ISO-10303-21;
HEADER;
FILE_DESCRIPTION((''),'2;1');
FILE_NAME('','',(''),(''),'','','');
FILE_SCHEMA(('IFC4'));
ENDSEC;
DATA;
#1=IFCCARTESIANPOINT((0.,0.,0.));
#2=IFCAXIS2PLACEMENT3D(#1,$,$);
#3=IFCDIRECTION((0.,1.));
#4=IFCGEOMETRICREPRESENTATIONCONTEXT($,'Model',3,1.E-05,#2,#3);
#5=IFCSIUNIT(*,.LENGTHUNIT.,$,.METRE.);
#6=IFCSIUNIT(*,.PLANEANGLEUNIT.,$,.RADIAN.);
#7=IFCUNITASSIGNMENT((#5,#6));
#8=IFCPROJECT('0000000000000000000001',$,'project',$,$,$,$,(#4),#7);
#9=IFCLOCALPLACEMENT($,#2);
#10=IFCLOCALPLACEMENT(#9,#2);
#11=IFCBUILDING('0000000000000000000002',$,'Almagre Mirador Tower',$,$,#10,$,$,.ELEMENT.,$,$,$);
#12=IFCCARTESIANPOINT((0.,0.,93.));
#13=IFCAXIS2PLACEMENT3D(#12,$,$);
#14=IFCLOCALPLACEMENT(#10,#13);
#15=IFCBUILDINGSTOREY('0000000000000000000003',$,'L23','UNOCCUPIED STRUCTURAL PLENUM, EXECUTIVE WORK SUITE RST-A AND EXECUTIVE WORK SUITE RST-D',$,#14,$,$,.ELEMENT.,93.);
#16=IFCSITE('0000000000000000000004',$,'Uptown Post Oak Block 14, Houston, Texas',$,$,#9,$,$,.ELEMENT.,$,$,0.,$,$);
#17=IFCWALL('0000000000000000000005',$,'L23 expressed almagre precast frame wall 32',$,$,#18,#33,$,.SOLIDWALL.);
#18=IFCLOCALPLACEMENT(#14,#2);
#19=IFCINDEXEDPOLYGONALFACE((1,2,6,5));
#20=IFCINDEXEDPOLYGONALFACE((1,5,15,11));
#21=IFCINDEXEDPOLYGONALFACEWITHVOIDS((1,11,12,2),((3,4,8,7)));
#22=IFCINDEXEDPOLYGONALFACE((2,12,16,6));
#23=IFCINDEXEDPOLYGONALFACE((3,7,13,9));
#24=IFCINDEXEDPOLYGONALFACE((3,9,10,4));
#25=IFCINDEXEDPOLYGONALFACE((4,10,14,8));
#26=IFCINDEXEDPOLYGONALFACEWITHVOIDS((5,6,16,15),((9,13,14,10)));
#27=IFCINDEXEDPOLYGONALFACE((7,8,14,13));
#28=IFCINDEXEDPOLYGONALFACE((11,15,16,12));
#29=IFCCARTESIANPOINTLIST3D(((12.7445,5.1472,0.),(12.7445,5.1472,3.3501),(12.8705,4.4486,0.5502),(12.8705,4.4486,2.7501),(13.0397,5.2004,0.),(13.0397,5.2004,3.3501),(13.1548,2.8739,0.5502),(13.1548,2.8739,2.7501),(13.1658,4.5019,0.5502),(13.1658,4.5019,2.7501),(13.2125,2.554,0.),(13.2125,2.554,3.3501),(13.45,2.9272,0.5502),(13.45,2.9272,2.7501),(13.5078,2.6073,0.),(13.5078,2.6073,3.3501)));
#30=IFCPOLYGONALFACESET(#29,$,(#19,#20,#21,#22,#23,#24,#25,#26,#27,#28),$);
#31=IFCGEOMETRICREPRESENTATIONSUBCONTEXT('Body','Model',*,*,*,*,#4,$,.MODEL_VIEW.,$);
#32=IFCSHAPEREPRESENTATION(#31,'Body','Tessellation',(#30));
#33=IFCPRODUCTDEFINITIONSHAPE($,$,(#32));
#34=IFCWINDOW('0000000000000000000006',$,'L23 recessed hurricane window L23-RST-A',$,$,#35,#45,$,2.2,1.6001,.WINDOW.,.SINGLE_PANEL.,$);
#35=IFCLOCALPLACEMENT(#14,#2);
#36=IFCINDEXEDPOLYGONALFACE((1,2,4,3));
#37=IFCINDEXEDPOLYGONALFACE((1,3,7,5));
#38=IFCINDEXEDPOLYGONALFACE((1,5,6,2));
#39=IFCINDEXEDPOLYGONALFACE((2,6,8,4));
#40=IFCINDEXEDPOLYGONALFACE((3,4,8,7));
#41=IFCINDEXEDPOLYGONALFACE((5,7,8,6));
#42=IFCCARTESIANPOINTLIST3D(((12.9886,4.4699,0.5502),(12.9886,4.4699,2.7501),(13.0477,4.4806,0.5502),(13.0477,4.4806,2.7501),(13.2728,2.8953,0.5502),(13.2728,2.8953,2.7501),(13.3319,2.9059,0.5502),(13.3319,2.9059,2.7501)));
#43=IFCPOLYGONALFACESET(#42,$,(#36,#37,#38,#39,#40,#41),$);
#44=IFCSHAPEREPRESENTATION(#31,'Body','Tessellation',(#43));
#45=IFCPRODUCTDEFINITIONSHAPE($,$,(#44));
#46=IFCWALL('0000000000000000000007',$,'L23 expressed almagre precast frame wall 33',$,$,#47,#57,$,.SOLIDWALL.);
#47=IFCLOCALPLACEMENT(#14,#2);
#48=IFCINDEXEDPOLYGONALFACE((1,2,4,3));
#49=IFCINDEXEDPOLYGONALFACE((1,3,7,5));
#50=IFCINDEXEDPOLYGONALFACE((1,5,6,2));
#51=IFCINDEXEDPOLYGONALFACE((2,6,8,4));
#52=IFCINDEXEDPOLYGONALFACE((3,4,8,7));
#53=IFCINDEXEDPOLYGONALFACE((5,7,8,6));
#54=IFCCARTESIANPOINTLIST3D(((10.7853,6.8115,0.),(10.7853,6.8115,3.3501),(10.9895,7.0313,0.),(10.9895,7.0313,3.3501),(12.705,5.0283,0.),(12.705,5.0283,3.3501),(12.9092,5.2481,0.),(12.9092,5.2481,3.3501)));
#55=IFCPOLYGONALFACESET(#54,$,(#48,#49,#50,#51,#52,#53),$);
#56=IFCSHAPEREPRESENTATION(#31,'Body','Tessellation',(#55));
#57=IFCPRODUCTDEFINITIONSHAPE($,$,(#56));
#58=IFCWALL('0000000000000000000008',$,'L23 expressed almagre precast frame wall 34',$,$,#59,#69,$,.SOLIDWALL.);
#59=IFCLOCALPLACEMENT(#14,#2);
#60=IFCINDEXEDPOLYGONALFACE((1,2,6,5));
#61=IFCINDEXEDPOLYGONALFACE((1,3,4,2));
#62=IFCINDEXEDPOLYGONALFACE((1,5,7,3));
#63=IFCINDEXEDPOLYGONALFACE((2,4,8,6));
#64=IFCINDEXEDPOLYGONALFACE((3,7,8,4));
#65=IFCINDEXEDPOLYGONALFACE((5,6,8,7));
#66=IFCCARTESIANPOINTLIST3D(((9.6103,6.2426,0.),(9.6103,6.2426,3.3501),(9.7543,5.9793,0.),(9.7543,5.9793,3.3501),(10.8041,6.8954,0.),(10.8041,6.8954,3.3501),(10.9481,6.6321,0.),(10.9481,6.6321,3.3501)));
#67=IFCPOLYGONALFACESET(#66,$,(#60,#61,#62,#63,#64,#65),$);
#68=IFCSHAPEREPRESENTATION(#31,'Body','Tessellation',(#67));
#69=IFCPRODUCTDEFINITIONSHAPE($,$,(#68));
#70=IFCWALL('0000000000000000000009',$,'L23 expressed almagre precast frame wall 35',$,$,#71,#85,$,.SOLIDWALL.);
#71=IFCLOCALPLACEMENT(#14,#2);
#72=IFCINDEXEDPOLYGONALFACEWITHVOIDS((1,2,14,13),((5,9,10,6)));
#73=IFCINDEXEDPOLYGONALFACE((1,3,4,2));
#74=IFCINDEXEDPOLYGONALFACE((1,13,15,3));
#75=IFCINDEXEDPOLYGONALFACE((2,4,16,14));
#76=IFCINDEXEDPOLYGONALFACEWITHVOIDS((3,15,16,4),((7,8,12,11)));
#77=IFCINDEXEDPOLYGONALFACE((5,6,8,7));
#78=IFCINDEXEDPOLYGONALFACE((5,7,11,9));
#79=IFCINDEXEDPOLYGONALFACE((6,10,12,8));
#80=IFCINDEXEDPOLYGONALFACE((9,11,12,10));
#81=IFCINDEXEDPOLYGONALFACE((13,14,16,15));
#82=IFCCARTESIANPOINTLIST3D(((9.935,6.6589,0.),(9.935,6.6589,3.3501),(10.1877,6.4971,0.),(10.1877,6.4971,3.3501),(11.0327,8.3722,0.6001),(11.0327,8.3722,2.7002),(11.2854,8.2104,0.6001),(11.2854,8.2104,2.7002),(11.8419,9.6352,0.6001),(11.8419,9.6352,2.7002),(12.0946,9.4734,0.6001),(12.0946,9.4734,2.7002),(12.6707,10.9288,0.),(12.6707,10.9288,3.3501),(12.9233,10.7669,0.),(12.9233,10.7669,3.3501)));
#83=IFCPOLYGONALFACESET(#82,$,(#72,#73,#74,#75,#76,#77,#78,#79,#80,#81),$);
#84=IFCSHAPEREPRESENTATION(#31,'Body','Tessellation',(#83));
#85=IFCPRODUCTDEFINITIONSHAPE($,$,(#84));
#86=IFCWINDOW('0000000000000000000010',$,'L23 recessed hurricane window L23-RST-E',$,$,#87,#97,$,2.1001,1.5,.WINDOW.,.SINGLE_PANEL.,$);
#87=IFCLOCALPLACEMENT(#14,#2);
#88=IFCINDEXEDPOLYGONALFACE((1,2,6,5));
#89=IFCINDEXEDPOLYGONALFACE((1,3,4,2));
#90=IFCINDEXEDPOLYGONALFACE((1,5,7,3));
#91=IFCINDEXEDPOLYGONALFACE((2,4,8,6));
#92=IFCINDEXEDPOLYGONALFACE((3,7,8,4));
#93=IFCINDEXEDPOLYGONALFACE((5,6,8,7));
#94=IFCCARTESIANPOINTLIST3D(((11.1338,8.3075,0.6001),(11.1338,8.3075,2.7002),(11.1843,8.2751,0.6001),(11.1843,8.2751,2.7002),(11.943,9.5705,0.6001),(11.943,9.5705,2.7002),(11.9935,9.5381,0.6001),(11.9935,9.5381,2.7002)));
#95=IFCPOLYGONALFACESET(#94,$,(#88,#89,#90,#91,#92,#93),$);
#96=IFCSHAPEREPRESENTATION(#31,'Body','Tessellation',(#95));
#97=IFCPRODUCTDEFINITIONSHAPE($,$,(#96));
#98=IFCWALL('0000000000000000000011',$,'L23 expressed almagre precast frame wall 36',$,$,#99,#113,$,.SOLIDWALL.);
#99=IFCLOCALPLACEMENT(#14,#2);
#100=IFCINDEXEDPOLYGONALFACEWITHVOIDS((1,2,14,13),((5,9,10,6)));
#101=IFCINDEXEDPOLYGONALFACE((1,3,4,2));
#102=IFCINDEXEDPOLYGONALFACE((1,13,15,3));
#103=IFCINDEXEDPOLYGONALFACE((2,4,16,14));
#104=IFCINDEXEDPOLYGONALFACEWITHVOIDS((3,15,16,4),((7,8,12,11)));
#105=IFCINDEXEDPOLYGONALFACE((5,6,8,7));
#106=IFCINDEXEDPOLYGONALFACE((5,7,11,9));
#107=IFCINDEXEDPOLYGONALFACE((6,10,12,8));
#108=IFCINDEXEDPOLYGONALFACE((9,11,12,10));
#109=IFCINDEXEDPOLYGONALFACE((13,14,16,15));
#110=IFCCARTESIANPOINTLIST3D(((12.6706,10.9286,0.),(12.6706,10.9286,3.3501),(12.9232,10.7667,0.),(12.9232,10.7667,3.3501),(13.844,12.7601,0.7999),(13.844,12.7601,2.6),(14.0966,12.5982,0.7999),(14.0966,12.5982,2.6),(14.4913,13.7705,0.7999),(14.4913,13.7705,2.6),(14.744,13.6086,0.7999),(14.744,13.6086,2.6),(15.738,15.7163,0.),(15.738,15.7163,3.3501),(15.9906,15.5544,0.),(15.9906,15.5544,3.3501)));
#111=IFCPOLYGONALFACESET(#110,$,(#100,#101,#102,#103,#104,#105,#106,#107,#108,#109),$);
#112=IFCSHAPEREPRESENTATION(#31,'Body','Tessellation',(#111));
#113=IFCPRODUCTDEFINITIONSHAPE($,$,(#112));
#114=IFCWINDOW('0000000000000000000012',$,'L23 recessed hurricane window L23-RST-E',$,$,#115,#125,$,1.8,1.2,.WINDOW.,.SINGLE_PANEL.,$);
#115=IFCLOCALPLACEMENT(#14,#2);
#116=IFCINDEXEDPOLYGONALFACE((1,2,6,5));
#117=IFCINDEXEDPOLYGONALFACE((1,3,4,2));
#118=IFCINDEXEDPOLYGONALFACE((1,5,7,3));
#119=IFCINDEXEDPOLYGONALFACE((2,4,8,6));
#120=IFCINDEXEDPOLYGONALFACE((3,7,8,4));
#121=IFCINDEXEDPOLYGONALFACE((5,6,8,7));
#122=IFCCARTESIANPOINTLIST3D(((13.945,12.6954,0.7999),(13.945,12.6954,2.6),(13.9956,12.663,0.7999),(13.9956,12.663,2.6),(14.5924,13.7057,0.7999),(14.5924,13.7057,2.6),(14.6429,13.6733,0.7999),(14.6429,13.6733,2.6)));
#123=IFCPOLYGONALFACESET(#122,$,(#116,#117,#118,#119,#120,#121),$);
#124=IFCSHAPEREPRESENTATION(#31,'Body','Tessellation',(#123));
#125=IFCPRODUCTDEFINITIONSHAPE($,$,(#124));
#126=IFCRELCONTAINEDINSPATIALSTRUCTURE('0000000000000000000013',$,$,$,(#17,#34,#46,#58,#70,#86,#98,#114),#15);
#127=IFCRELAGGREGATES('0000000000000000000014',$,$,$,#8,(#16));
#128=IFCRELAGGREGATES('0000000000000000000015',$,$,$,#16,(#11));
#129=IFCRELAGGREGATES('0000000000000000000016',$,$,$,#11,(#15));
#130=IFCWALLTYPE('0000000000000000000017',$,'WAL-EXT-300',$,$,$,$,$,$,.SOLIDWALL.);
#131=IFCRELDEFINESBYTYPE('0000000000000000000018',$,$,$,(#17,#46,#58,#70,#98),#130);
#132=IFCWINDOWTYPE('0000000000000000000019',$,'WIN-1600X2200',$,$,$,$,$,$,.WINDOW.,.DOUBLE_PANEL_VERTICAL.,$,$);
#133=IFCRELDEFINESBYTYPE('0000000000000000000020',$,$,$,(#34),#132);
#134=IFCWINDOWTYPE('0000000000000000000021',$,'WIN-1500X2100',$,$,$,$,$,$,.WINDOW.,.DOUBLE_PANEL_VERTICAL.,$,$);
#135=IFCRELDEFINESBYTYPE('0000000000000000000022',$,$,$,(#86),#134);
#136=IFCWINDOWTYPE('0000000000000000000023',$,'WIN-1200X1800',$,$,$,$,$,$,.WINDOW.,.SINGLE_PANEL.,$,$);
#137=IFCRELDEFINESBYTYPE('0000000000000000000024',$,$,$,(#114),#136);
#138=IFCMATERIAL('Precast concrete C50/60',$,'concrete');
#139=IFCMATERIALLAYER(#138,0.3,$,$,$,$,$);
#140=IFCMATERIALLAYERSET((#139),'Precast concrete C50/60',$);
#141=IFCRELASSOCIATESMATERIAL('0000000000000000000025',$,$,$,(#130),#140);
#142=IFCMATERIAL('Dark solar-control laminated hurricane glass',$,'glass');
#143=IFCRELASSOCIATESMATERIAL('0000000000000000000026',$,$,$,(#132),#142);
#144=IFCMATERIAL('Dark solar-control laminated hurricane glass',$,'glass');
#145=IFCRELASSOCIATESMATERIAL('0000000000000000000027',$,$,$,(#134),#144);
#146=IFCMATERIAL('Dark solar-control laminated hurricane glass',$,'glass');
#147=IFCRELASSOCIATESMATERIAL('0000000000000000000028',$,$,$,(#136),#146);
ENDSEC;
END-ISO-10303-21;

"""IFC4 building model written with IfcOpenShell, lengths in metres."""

from ifc_helpers import new_model, si_unit, direction, frame, frame_2d, origin, place, context, subcontext, project, spatial, rectangle, extrude, material, layer, layer_set, type_object, element, fill, save


model = new_model("IFC4")

# Units and contexts
model_context = context("Model", 3, precision=1e-05, world=origin(), true_north=direction((0.0, 1.0)))
body_context = subcontext(model_context, "Body", "Model", "MODEL_VIEW")
ifc_project = project(units=[si_unit("LENGTHUNIT", "METRE"), si_unit("PLANEANGLEUNIT", "RADIAN")], contexts=[model_context])

# Site, building, storey
site_placement = place(None, origin())
site = spatial("IfcSite", under=ifc_project, at=site_placement, Name="Uptown Post Oak Block 14, Houston, Texas", CompositionType="ELEMENT", RefElevation=0.0)
building_placement = place(site_placement, origin())
building = spatial("IfcBuilding", under=site, at=building_placement, Name="Almagre Mirador Tower", CompositionType="ELEMENT")
storey_placement = place(building_placement, frame((0.0, 0.0, 93.0)))
storey = spatial("IfcBuildingStorey", under=building, at=storey_placement, Name="L23", Description="UNOCCUPIED STRUCTURAL PLENUM, EXECUTIVE WORK SUITE RST-A AND EXECUTIVE WORK SUITE RST-D", CompositionType="ELEMENT", Elevation=93.0)

# Shared definitions
ifc_material_1 = material(Name="Precast concrete C50/60", Category="concrete")
ifc_layer_1 = layer(ifc_material_1, 0.3)
ifc_layer_set_1 = layer_set([ifc_layer_1], Name="Precast concrete C50/60")
wall_type = type_object("IfcWallType", Name="WAL-EXT-300", PredefinedType="SOLIDWALL", material=ifc_layer_set_1)

# Wall, opening, window
wall_1_placement = place(storey_placement, frame((13.3601, 2.5808, 0.0), z_axis=(0.0, 0.0, 1.0), x_axis=(-0.177621, 0.984099, 0.0)))
wall_1 = element("IfcWall", 1, at=wall_1_placement, inside=storey, type_object=wall_type, Name="L23 expressed almagre precast frame wall 32", PredefinedType="SOLIDWALL", context=body_context, shape_type="SweptSolid", body=[
    extrude(rectangle(XDim=2.635, YDim=0.3, at=frame_2d((1.3174, 0.0))), origin(), (0.0, 0.0, 1.0), 3.3501),
])
opening_1_placement = place(wall_1_placement, frame((0.325, 0.0, 0.55)))
opening_1 = element("IfcOpeningElement", 2, at=opening_1_placement, cuts=wall_1, PredefinedType="OPENING", context=body_context, shape_type="SweptSolid", body=[
    extrude(rectangle(XDim=1.6001, YDim=2.2, at=frame_2d((0.8, 1.1001))), frame((0.0, 0.1599, 0.0), z_axis=(0.0, -1.0, 0.0), x_axis=(1.0, 0.0, 0.0)), (0.0, 0.0, 1.0), 0.32),
])
ifc_material_2 = material(Name="Dark solar-control laminated hurricane glass", Category="glass")
window_type_1 = type_object("IfcWindowType", Name="WIN-1600X2200", PartitioningType="DOUBLE_PANEL_VERTICAL", PredefinedType="WINDOW", material=ifc_material_2)
window_1_placement = place(opening_1_placement, origin())
window_1 = element("IfcWindow", 3, at=window_1_placement, inside=storey, type_object=window_type_1, Name="L23 recessed hurricane window L23-RST-A", OverallHeight=2.2, OverallWidth=1.6001, PartitioningType="SINGLE_PANEL", PredefinedType="WINDOW", context=body_context, shape_type="SweptSolid", body=[
    extrude(rectangle(XDim=1.6001, YDim=2.2, at=frame_2d((0.8, 1.1001))), frame((0.0, 0.03, 0.0), z_axis=(0.0, -1.0, 0.0), x_axis=(1.0, 0.0, 0.0)), (0.0, 0.0, 1.0), 0.0601),
])
fill(opening_1, window_1)

# Walls
wall_2_placement = place(storey_placement, frame((12.8071, 5.1382, 0.0), z_axis=(0.0, 0.0, 1.0), x_axis=(-0.732671, 0.680583, 0.0)))
element("IfcWall", 4, at=wall_2_placement, inside=storey, type_object=wall_type, Name="L23 expressed almagre precast frame wall 33", PredefinedType="SOLIDWALL", context=body_context, shape_type="SweptSolid", body=[
    extrude(rectangle(XDim=2.6201, YDim=0.3, at=frame_2d((1.3101, 0.0))), origin(), (0.0, 0.0, 1.0), 3.3501),
])
wall_3_placement = place(storey_placement, frame((10.876, 6.7637, 0.0), z_axis=(0.0, 0.0, 1.0), x_axis=(-0.877388, -0.479782, 0.0)))
element("IfcWall", 5, at=wall_3_placement, inside=storey, type_object=wall_type, Name="L23 expressed almagre precast frame wall 34", PredefinedType="SOLIDWALL", context=body_context, shape_type="SweptSolid", body=[
    extrude(rectangle(XDim=1.3606, YDim=0.3, at=frame_2d((0.6802, 0.0))), origin(), (0.0, 0.0, 1.0), 3.3501),
])

# Walls, openings, windows
wall_4_placement = place(storey_placement, frame((10.0613, 6.5779, 0.0), z_axis=(0.0, 0.0, 1.0), x_axis=(0.539465, 0.842008, 0.0)))
wall_4 = element("IfcWall", 6, at=wall_4_placement, inside=storey, type_object=wall_type, Name="L23 expressed almagre precast frame wall 35", PredefinedType="SOLIDWALL", context=body_context, shape_type="SweptSolid", body=[
    extrude(rectangle(XDim=5.071, YDim=0.3, at=frame_2d((2.5356, 0.0))), origin(), (0.0, 0.0, 1.0), 3.3501),
])
opening_2_placement = place(wall_4_placement, frame((2.0349, 0.0, 0.6001)))
opening_2 = element("IfcOpeningElement", 7, at=opening_2_placement, cuts=wall_4, PredefinedType="OPENING", context=body_context, shape_type="SweptSolid", body=[
    extrude(rectangle(XDim=1.5, YDim=2.1001, at=frame_2d((0.75, 1.05))), frame((0.0, 0.1599, 0.0), z_axis=(0.0, -1.0, 0.0), x_axis=(1.0, 0.0, 0.0)), (0.0, 0.0, 1.0), 0.32),
])
ifc_material_3 = material(Name="Dark solar-control laminated hurricane glass", Category="glass")
window_type_2 = type_object("IfcWindowType", Name="WIN-1500X2100", PartitioningType="DOUBLE_PANEL_VERTICAL", PredefinedType="WINDOW", material=ifc_material_3)
window_2_placement = place(opening_2_placement, origin())
window_2 = element("IfcWindow", 8, at=window_2_placement, inside=storey, type_object=window_type_2, Name="L23 recessed hurricane window L23-RST-E", OverallHeight=2.1001, OverallWidth=1.5, PartitioningType="SINGLE_PANEL", PredefinedType="WINDOW", context=body_context, shape_type="SweptSolid", body=[
    extrude(rectangle(XDim=1.5, YDim=2.1001, at=frame_2d((0.75, 1.05))), frame((0.0, 0.03, 0.0), z_axis=(0.0, -1.0, 0.0), x_axis=(1.0, 0.0, 0.0)), (0.0, 0.0, 1.0), 0.0601),
])
fill(opening_2, window_2)
wall_5_placement = place(storey_placement, frame((12.7969, 10.8477, 0.0), z_axis=(0.0, 0.0, 1.0), x_axis=(0.539468, 0.842006, 0.0)))
wall_5 = element("IfcWall", 9, at=wall_5_placement, inside=storey, type_object=wall_type, Name="L23 expressed almagre precast frame wall 36", PredefinedType="SOLIDWALL", context=body_context, shape_type="SweptSolid", body=[
    extrude(rectangle(XDim=5.686, YDim=0.3, at=frame_2d((2.843, 0.0))), origin(), (0.0, 0.0, 1.0), 3.3501),
])
opening_3_placement = place(wall_5_placement, frame((2.175, 0.0, 0.8)))
opening_3 = element("IfcOpeningElement", 10, at=opening_3_placement, cuts=wall_5, PredefinedType="OPENING", context=body_context, shape_type="SweptSolid", body=[
    extrude(rectangle(XDim=1.2, YDim=1.8, at=frame_2d((0.6001, 0.8999))), frame((0.0, 0.1599, 0.0), z_axis=(0.0, -1.0, 0.0), x_axis=(1.0, 0.0, 0.0)), (0.0, 0.0, 1.0), 0.32),
])
ifc_material_4 = material(Name="Dark solar-control laminated hurricane glass", Category="glass")
window_type_3 = type_object("IfcWindowType", Name="WIN-1200X1800", PartitioningType="SINGLE_PANEL", PredefinedType="WINDOW", material=ifc_material_4)
window_3_placement = place(opening_3_placement, origin())
window_3 = element("IfcWindow", 11, at=window_3_placement, inside=storey, type_object=window_type_3, Name="L23 recessed hurricane window L23-RST-E", OverallHeight=1.8, OverallWidth=1.2, PartitioningType="SINGLE_PANEL", PredefinedType="WINDOW", context=body_context, shape_type="SweptSolid", body=[
    extrude(rectangle(XDim=1.2, YDim=1.8, at=frame_2d((0.6001, 0.8999))), frame((0.0, 0.03, 0.0), z_axis=(0.0, -1.0, 0.0), x_axis=(1.0, 0.0, 0.0)), (0.0, 0.0, 1.0), 0.0601),
])
fill(opening_3, window_3)

save(model, "model.ifc")
